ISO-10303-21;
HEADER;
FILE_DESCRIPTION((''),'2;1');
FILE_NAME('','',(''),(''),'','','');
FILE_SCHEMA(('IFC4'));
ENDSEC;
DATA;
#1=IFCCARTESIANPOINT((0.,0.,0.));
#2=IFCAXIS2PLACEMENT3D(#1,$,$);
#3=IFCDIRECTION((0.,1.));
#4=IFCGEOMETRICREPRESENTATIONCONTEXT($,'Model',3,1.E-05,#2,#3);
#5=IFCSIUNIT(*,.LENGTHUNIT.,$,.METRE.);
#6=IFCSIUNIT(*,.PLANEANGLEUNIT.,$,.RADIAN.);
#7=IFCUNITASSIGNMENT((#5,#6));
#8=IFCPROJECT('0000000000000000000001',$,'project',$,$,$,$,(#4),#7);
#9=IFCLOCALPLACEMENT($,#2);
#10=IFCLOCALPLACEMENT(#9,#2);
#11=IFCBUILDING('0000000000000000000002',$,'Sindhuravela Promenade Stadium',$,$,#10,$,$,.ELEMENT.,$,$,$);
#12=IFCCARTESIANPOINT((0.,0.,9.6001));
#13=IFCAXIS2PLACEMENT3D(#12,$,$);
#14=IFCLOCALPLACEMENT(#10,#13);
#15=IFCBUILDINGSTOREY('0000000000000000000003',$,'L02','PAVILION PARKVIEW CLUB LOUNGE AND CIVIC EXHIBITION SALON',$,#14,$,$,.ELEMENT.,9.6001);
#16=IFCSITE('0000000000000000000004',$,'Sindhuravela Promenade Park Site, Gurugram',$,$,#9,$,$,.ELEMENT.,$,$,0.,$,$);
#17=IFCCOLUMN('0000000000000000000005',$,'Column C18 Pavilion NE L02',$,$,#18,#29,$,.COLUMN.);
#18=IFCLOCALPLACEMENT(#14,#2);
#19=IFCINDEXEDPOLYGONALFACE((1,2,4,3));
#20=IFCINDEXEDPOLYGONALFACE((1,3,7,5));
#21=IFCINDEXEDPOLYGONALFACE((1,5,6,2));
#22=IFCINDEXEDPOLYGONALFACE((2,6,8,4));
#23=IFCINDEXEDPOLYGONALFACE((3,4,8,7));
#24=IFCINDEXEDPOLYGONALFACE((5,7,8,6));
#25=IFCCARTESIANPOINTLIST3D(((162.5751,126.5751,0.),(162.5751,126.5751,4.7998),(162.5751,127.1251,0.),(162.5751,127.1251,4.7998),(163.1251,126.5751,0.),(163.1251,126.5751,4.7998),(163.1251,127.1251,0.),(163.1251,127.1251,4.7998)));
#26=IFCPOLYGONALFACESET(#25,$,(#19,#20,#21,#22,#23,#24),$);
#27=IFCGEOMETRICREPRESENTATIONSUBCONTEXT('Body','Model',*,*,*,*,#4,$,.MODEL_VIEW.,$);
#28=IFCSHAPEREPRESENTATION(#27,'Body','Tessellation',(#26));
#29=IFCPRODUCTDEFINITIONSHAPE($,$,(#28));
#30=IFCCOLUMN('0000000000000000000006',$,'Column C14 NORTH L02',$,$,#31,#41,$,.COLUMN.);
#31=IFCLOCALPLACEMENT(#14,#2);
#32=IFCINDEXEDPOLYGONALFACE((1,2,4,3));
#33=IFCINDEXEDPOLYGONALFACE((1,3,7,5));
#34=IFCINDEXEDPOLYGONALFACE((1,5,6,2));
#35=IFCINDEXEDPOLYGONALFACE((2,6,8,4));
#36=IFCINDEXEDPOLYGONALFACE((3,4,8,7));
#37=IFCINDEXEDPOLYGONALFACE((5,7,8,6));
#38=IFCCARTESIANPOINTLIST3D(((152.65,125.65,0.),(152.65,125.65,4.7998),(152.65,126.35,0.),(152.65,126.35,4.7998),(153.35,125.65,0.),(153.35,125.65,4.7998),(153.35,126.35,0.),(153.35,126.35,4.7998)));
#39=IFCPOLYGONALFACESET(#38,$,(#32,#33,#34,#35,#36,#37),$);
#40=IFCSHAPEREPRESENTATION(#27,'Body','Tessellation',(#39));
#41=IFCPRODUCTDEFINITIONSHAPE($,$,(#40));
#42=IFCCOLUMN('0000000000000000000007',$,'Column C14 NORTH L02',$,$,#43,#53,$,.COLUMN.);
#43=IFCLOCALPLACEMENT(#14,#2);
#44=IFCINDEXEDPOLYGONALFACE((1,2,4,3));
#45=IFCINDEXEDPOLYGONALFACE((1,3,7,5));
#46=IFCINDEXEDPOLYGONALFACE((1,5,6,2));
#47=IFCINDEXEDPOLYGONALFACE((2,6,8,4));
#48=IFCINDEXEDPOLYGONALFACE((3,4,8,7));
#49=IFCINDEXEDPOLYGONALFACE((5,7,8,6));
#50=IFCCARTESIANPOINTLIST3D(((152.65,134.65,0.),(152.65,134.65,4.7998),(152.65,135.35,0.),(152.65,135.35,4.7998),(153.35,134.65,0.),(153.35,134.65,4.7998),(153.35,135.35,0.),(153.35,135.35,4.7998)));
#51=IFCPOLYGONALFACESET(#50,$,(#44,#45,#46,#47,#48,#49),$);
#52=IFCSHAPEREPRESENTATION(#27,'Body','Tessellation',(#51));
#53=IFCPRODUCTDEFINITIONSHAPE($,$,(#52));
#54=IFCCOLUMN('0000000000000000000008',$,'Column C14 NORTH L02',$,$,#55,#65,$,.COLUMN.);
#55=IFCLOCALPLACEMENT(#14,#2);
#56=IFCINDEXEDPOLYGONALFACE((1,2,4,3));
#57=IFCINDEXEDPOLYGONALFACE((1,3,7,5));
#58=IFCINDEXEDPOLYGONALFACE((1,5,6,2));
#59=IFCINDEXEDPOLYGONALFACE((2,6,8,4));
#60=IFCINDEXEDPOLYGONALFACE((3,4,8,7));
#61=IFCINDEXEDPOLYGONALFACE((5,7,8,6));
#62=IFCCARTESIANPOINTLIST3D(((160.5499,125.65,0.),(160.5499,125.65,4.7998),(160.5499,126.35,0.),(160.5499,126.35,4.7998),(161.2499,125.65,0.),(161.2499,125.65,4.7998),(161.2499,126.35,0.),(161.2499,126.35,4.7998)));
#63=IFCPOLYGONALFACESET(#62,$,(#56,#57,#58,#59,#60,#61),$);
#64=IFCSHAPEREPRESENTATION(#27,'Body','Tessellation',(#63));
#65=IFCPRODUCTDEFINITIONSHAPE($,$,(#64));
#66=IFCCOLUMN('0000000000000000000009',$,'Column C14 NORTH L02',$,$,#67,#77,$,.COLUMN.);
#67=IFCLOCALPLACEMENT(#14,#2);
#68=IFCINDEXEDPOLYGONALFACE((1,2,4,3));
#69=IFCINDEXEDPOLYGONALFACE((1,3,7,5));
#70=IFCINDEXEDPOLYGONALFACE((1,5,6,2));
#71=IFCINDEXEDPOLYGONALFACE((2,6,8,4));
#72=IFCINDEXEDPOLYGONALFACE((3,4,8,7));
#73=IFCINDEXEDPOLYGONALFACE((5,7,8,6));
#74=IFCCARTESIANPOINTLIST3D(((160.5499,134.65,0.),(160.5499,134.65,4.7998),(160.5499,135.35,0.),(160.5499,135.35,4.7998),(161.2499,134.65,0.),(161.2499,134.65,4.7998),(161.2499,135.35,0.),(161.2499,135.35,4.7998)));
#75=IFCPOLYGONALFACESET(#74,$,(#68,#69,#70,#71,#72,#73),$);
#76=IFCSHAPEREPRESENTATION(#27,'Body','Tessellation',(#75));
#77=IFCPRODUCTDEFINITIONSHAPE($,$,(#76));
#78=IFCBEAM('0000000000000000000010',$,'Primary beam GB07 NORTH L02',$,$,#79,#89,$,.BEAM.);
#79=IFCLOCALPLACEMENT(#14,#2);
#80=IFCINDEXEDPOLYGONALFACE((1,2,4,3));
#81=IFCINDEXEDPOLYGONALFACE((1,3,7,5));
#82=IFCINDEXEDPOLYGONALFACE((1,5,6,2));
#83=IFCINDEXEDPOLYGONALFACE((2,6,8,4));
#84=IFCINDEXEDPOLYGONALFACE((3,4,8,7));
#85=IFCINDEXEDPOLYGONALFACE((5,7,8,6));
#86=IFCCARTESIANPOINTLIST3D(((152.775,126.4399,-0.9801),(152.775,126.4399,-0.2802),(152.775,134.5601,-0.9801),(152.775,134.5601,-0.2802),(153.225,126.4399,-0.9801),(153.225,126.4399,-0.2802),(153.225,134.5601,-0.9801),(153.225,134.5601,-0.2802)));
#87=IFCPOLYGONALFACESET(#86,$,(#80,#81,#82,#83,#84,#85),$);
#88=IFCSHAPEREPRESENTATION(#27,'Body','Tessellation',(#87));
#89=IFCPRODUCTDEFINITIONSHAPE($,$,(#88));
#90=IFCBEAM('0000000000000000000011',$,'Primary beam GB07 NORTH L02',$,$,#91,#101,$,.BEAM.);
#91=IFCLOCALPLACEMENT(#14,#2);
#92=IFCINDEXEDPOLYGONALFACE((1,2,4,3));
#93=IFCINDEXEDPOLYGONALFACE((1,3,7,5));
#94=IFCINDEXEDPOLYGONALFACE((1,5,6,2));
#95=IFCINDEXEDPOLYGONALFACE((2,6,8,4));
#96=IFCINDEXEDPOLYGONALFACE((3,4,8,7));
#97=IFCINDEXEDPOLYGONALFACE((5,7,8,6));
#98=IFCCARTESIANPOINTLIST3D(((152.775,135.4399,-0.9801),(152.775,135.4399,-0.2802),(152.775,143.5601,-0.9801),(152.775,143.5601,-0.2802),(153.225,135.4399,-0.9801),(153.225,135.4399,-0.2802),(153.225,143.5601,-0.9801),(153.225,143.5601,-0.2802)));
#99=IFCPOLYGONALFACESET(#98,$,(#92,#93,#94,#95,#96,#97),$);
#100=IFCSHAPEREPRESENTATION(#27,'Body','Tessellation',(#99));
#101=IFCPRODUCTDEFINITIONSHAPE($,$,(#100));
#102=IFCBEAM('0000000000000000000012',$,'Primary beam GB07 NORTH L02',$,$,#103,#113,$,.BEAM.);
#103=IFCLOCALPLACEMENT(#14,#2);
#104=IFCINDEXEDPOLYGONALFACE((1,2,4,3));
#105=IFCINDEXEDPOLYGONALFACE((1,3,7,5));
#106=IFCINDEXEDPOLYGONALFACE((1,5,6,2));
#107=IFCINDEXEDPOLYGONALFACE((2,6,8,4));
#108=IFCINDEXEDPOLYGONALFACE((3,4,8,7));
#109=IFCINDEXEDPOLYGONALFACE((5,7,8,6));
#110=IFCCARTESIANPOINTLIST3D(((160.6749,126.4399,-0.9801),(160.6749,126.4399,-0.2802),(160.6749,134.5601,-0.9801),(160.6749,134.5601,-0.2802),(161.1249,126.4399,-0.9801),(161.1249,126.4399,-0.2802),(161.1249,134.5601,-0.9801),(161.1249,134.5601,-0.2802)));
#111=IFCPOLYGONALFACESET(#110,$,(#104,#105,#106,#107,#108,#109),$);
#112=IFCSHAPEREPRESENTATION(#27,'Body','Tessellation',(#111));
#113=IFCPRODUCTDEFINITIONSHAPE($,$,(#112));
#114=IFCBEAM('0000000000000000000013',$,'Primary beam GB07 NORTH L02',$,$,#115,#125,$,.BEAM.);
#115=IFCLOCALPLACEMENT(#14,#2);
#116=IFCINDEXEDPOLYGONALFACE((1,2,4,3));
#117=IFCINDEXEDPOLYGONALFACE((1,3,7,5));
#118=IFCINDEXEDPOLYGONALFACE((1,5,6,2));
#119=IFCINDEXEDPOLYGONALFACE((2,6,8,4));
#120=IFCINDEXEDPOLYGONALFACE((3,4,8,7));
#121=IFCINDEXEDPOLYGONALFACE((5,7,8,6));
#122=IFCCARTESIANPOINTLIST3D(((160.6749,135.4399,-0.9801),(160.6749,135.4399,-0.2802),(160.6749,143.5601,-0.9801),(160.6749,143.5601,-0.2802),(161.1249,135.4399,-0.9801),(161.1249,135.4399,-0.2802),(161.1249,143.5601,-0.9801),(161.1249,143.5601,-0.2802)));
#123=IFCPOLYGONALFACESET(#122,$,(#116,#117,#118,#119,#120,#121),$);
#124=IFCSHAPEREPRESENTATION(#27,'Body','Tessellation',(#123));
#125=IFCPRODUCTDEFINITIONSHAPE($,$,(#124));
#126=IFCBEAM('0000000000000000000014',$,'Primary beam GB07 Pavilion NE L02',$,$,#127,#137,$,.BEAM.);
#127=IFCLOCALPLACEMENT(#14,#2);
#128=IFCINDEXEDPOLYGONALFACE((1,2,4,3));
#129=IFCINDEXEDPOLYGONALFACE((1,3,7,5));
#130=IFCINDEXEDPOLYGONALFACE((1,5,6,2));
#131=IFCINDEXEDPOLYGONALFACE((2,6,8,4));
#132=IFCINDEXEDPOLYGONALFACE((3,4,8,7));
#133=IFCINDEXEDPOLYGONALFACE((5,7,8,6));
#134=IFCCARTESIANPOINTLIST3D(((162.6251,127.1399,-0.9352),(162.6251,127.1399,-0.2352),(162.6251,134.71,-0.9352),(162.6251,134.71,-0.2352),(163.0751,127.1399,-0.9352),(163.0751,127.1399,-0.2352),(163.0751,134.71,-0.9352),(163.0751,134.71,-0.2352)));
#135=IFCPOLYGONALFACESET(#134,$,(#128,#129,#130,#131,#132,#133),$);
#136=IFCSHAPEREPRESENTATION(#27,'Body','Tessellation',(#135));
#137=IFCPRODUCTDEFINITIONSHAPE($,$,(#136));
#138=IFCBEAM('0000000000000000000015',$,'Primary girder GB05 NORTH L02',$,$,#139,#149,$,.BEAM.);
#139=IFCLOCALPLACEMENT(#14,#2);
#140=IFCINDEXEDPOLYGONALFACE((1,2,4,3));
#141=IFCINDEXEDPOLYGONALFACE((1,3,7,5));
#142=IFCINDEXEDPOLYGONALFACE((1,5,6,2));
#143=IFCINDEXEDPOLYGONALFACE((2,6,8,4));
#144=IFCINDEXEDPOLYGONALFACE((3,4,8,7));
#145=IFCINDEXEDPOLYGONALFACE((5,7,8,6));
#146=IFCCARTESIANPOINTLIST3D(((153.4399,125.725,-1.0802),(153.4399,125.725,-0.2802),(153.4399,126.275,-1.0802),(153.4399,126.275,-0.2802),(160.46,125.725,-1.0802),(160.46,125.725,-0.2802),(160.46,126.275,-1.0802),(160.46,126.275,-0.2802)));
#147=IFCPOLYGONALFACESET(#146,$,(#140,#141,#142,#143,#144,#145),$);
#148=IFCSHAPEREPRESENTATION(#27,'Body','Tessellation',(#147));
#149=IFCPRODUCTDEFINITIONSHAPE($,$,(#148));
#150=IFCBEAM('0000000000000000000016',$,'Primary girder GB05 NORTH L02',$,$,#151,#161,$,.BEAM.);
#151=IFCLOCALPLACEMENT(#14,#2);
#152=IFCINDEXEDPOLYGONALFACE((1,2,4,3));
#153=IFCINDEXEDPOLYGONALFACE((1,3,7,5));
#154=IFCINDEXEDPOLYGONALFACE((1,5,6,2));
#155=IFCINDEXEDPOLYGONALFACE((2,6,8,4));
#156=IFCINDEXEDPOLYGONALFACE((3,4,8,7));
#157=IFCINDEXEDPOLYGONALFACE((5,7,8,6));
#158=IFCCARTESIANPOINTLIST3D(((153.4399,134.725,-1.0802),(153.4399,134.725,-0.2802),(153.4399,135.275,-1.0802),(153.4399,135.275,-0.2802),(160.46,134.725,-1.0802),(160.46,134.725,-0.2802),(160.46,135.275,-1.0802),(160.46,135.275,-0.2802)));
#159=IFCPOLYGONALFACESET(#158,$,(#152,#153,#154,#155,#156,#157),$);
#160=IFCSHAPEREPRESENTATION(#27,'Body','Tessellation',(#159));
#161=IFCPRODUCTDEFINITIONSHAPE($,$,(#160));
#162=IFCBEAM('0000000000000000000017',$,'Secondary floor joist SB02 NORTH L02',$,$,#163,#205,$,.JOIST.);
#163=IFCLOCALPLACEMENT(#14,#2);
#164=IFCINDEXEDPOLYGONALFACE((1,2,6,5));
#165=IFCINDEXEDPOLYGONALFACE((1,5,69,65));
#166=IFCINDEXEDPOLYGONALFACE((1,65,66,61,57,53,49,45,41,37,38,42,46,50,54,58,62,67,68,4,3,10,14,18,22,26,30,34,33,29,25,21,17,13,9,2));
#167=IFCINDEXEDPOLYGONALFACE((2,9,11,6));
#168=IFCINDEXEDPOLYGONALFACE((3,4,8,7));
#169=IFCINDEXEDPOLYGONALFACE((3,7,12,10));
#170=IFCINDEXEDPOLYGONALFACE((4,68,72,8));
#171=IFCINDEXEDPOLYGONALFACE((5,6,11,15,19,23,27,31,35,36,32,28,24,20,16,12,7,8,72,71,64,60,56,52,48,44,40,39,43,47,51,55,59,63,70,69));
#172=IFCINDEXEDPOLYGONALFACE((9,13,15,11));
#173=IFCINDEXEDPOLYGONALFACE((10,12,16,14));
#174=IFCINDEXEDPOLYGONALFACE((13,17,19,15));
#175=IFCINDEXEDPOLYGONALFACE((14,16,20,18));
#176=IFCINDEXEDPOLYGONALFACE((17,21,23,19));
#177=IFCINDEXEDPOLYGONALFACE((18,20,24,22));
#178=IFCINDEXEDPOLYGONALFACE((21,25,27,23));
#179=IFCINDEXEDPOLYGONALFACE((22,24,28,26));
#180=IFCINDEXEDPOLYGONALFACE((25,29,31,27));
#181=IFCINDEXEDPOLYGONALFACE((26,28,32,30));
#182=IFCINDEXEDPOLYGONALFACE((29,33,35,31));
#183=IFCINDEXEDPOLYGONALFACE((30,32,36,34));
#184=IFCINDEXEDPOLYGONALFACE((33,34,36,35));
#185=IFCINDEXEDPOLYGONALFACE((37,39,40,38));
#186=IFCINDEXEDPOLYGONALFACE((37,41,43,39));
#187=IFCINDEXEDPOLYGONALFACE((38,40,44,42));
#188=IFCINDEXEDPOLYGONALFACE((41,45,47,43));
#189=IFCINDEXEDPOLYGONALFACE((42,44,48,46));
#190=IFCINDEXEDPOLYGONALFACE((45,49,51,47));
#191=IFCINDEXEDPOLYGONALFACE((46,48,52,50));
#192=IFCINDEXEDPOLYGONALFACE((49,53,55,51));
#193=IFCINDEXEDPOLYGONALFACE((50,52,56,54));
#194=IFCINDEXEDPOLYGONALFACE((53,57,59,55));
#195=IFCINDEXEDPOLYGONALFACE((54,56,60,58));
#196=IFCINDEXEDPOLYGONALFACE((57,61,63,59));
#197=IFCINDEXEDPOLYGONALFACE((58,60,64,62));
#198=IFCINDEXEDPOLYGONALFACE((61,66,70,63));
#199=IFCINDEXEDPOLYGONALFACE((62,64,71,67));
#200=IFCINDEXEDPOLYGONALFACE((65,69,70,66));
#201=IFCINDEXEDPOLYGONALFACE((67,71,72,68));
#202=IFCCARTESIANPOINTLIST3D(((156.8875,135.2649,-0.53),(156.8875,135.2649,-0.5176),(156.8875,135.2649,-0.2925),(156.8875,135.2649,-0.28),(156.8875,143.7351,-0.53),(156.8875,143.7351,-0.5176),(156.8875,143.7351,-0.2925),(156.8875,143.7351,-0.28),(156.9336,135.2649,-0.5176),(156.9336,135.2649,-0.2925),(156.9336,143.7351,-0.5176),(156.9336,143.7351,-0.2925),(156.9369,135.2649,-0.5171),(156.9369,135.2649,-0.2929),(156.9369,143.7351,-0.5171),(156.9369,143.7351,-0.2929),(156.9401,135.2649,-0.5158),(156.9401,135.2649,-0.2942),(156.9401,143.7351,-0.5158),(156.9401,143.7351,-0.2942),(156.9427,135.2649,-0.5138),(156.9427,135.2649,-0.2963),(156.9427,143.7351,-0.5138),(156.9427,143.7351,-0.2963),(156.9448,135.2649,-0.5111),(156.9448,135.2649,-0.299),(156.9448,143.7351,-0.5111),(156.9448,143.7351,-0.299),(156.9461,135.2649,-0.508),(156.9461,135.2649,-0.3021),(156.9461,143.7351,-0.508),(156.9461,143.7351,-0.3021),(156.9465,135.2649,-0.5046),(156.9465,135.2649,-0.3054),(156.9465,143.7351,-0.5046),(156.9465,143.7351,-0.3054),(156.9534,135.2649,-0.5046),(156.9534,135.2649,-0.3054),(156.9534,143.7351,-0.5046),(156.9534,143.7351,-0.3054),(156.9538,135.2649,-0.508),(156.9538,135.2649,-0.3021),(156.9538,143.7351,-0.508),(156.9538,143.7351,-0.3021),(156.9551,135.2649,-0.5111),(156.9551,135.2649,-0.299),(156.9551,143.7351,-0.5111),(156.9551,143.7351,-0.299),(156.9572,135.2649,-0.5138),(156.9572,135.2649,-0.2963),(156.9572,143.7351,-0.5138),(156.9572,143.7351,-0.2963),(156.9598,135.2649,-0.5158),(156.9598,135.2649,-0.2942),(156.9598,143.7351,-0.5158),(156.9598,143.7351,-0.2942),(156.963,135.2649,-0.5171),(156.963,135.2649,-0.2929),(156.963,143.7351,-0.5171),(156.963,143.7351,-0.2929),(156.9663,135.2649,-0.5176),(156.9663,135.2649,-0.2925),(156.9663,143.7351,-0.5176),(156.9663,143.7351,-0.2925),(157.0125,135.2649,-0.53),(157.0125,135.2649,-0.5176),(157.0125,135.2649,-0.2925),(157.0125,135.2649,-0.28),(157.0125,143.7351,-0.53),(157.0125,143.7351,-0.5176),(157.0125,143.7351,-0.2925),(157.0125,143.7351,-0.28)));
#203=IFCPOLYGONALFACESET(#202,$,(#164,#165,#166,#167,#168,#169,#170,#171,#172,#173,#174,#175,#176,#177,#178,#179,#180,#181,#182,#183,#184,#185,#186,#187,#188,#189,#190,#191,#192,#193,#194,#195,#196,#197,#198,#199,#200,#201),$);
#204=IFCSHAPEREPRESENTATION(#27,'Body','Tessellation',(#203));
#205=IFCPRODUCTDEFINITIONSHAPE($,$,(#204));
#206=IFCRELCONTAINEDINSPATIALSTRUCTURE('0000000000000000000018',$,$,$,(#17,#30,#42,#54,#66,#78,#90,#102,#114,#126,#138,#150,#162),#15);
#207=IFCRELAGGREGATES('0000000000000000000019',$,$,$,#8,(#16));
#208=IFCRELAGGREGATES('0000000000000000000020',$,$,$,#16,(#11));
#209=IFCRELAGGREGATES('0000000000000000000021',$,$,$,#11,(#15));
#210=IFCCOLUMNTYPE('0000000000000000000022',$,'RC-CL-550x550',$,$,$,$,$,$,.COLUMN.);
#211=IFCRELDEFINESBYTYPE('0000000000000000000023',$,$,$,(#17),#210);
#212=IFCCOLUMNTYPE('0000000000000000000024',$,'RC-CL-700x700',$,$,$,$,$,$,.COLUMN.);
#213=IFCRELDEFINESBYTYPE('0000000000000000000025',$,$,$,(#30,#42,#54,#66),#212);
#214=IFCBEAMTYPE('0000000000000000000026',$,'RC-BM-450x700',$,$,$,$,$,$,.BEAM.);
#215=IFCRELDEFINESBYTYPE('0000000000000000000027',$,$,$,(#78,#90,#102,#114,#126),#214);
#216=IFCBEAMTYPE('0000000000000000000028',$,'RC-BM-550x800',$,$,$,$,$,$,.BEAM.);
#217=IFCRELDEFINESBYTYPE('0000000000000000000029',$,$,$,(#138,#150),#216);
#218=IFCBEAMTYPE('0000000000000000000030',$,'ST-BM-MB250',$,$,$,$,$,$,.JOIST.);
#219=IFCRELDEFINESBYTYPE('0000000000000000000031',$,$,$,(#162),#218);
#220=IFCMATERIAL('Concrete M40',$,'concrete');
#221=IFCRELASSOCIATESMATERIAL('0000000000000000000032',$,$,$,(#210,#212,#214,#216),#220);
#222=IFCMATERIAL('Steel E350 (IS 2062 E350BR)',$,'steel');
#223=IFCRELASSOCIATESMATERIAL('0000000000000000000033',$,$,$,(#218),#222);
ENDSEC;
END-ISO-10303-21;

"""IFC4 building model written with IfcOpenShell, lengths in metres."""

from ifc_helpers import new_model, si_unit, direction, frame, origin, origin_2d, place, context, subcontext, project, spatial, rectangle, i_section, extrude, material, material_profile, profile_set, type_object, element, save


model = new_model("IFC4")

# Units and contexts
model_context = context("Model", 3, precision=1e-05, world=origin(), true_north=direction((0.0, 1.0)))
body_context = subcontext(model_context, "Body", "Model", "MODEL_VIEW")
ifc_project = project(units=[si_unit("LENGTHUNIT", "METRE"), si_unit("PLANEANGLEUNIT", "RADIAN")], contexts=[model_context])

# Site, building, storey
site_placement = place(None, origin())
site = spatial("IfcSite", under=ifc_project, at=site_placement, Name="Sindhuravela Promenade Park Site, Gurugram", CompositionType="ELEMENT", RefElevation=0.0)
building_placement = place(site_placement, origin())
building = spatial("IfcBuilding", under=site, at=building_placement, Name="Sindhuravela Promenade Stadium", CompositionType="ELEMENT")
storey_placement = place(building_placement, frame((0.0, 0.0, 9.6001)))
storey = spatial("IfcBuildingStorey", under=building, at=storey_placement, Name="L02", Description="PAVILION PARKVIEW CLUB LOUNGE AND CIVIC EXHIBITION SALON", CompositionType="ELEMENT", Elevation=9.6001)

# Columns
ifc_material_1 = material(Name="Concrete M40", Category="concrete")
ifc_material_profile_1 = material_profile(ifc_material_1, rectangle(XDim=0.55, YDim=0.55, at=origin_2d()), Name="RC 550x550")
ifc_profile_set_1 = profile_set([ifc_material_profile_1], Name="Concrete M40")
column_type_1 = type_object("IfcColumnType", Name="RC-CL-550x550", PredefinedType="COLUMN", material=ifc_profile_set_1)
column_placement = place(storey_placement, frame((162.8501, 126.8501, 0.0), z_axis=(0.0, 0.0, 1.0), x_axis=(1.0, 0.0, 0.0)))
element("IfcColumn", 1, at=column_placement, inside=storey, type_object=column_type_1, Name="Column C18 Pavilion NE L02", PredefinedType="COLUMN", context=body_context, shape_type="SweptSolid", body=[
    extrude(rectangle(XDim=0.55, YDim=0.55, at=origin_2d()), origin(), (0.0, 0.0, 1.0), 4.7998),
])
ifc_material_profile_2 = material_profile(ifc_material_1, rectangle(XDim=0.7, YDim=0.7, at=origin_2d()), Name="RC 700x700")
ifc_profile_set_2 = profile_set([ifc_material_profile_2], Name="Concrete M40")
column_type_2 = type_object("IfcColumnType", Name="RC-CL-700x700", PredefinedType="COLUMN", material=ifc_profile_set_2)
for number, where, z_axis, x_axis, name in (
    (2, (153.0, 126.0, 0.0), (0.0, 0.0, 1.0), (1.0, 0.0, 0.0), "Column C14 NORTH L02"),
    (3, (153.0, 135.0, 0.0), (0.0, 0.0, 1.0), (1.0, 0.0, 0.0), "Column C14 NORTH L02"),
    (4, (160.8999, 126.0, 0.0), (0.0, 0.0, 1.0), (1.0, 0.0, 0.0), "Column C14 NORTH L02"),
    (5, (160.8999, 135.0, 0.0), (0.0, 0.0, 1.0), (1.0, 0.0, 0.0), "Column C14 NORTH L02"),
):
    element("IfcColumn", number, at=place(storey_placement, frame(where, z_axis=z_axis, x_axis=x_axis)), inside=storey, type_object=column_type_2, Name=name, PredefinedType="COLUMN", context=body_context, shape_type="SweptSolid", body=[
        extrude(rectangle(XDim=0.7, YDim=0.7, at=origin_2d()), origin(), (0.0, 0.0, 1.0), 4.7998),
    ])

# Beams
ifc_material_profile_3 = material_profile(ifc_material_1, rectangle(XDim=0.45, YDim=0.7, at=origin_2d()), Name="RC 450x700")
ifc_profile_set_3 = profile_set([ifc_material_profile_3], Name="Concrete M40")
beam_type_1 = type_object("IfcBeamType", Name="RC-BM-450x700", PredefinedType="BEAM", material=ifc_profile_set_3)
for number, where, z_axis, x_axis, name in (
    (6, (153.0, 126.4399, -0.6301), (0.0, 1.0, 0.0), (-1.0, 0.0, 0.0), "Primary beam GB07 NORTH L02"),
    (7, (153.0, 135.4399, -0.6301), (0.0, 1.0, 0.0), (-1.0, 0.0, 0.0), "Primary beam GB07 NORTH L02"),
    (8, (160.8999, 126.4399, -0.6301), (0.0, 1.0, 0.0), (-1.0, 0.0, 0.0), "Primary beam GB07 NORTH L02"),
    (9, (160.8999, 135.4399, -0.6301), (0.0, 1.0, 0.0), (-1.0, 0.0, 0.0), "Primary beam GB07 NORTH L02"),
):
    element("IfcBeam", number, at=place(storey_placement, frame(where, z_axis=z_axis, x_axis=x_axis)), inside=storey, type_object=beam_type_1, Name=name, PredefinedType="BEAM", context=body_context, shape_type="SweptSolid", body=[
        extrude(rectangle(XDim=0.45, YDim=0.7, at=origin_2d()), origin(), (0.0, 0.0, 1.0), 8.1201),
    ])
beam_1_placement = place(storey_placement, frame((162.8501, 127.1399, -0.5852), z_axis=(0.0, 1.0, 0.0), x_axis=(-1.0, 0.0, 0.0)))
element("IfcBeam", 10, at=beam_1_placement, inside=storey, type_object=beam_type_1, Name="Primary beam GB07 Pavilion NE L02", PredefinedType="BEAM", context=body_context, shape_type="SweptSolid", body=[
    extrude(rectangle(XDim=0.45, YDim=0.7, at=origin_2d()), origin(), (0.0, 0.0, 1.0), 7.5701),
])
ifc_material_profile_4 = material_profile(ifc_material_1, rectangle(XDim=0.55, YDim=0.8, at=origin_2d()), Name="RC 550x800")
ifc_profile_set_4 = profile_set([ifc_material_profile_4], Name="Concrete M40")
beam_type_2 = type_object("IfcBeamType", Name="RC-BM-550x800", PredefinedType="BEAM", material=ifc_profile_set_4)
for number, where, z_axis, x_axis, name in (
    (11, (153.4399, 126.0, -0.6802), (1.0, 0.0, 0.0), (0.0, 1.0, 0.0), "Primary girder GB05 NORTH L02"),
    (12, (153.4399, 135.0, -0.6802), (1.0, 0.0, 0.0), (0.0, 1.0, 0.0), "Primary girder GB05 NORTH L02"),
):
    element("IfcBeam", number, at=place(storey_placement, frame(where, z_axis=z_axis, x_axis=x_axis)), inside=storey, type_object=beam_type_2, Name=name, PredefinedType="BEAM", context=body_context, shape_type="SweptSolid", body=[
        extrude(rectangle(XDim=0.55, YDim=0.8, at=origin_2d()), origin(), (0.0, 0.0, 1.0), 7.02),
    ])
ifc_material_2 = material(Name="Steel E350 (IS 2062 E350BR)", Category="steel")
ifc_material_profile_5 = material_profile(ifc_material_2, i_section(OverallWidth=0.125, OverallDepth=0.25, WebThickness=0.0068, FlangeThickness=0.0125, FilletRadius=0.0129, at=origin_2d()), Name="ISMB 250")
ifc_profile_set_5 = profile_set([ifc_material_profile_5], Name="Steel E350 (IS 2062 E350BR)")
beam_type_3 = type_object("IfcBeamType", Name="ST-BM-MB250", PredefinedType="JOIST", material=ifc_profile_set_5)
beam_2_placement = place(storey_placement, frame((156.95, 135.2649, -0.405), z_axis=(0.0, 1.0, 0.0), x_axis=(-1.0, 0.0, 0.0)))
element("IfcBeam", 13, at=beam_2_placement, inside=storey, type_object=beam_type_3, Name="Secondary floor joist SB02 NORTH L02", PredefinedType="JOIST", context=body_context, shape_type="SweptSolid", body=[
    extrude(i_section(OverallWidth=0.125, OverallDepth=0.25, WebThickness=0.0068, FlangeThickness=0.0125, FilletRadius=0.0129, at=origin_2d()), origin(), (0.0, 0.0, 1.0), 8.4702),
])

save(model, "model.ifc")
